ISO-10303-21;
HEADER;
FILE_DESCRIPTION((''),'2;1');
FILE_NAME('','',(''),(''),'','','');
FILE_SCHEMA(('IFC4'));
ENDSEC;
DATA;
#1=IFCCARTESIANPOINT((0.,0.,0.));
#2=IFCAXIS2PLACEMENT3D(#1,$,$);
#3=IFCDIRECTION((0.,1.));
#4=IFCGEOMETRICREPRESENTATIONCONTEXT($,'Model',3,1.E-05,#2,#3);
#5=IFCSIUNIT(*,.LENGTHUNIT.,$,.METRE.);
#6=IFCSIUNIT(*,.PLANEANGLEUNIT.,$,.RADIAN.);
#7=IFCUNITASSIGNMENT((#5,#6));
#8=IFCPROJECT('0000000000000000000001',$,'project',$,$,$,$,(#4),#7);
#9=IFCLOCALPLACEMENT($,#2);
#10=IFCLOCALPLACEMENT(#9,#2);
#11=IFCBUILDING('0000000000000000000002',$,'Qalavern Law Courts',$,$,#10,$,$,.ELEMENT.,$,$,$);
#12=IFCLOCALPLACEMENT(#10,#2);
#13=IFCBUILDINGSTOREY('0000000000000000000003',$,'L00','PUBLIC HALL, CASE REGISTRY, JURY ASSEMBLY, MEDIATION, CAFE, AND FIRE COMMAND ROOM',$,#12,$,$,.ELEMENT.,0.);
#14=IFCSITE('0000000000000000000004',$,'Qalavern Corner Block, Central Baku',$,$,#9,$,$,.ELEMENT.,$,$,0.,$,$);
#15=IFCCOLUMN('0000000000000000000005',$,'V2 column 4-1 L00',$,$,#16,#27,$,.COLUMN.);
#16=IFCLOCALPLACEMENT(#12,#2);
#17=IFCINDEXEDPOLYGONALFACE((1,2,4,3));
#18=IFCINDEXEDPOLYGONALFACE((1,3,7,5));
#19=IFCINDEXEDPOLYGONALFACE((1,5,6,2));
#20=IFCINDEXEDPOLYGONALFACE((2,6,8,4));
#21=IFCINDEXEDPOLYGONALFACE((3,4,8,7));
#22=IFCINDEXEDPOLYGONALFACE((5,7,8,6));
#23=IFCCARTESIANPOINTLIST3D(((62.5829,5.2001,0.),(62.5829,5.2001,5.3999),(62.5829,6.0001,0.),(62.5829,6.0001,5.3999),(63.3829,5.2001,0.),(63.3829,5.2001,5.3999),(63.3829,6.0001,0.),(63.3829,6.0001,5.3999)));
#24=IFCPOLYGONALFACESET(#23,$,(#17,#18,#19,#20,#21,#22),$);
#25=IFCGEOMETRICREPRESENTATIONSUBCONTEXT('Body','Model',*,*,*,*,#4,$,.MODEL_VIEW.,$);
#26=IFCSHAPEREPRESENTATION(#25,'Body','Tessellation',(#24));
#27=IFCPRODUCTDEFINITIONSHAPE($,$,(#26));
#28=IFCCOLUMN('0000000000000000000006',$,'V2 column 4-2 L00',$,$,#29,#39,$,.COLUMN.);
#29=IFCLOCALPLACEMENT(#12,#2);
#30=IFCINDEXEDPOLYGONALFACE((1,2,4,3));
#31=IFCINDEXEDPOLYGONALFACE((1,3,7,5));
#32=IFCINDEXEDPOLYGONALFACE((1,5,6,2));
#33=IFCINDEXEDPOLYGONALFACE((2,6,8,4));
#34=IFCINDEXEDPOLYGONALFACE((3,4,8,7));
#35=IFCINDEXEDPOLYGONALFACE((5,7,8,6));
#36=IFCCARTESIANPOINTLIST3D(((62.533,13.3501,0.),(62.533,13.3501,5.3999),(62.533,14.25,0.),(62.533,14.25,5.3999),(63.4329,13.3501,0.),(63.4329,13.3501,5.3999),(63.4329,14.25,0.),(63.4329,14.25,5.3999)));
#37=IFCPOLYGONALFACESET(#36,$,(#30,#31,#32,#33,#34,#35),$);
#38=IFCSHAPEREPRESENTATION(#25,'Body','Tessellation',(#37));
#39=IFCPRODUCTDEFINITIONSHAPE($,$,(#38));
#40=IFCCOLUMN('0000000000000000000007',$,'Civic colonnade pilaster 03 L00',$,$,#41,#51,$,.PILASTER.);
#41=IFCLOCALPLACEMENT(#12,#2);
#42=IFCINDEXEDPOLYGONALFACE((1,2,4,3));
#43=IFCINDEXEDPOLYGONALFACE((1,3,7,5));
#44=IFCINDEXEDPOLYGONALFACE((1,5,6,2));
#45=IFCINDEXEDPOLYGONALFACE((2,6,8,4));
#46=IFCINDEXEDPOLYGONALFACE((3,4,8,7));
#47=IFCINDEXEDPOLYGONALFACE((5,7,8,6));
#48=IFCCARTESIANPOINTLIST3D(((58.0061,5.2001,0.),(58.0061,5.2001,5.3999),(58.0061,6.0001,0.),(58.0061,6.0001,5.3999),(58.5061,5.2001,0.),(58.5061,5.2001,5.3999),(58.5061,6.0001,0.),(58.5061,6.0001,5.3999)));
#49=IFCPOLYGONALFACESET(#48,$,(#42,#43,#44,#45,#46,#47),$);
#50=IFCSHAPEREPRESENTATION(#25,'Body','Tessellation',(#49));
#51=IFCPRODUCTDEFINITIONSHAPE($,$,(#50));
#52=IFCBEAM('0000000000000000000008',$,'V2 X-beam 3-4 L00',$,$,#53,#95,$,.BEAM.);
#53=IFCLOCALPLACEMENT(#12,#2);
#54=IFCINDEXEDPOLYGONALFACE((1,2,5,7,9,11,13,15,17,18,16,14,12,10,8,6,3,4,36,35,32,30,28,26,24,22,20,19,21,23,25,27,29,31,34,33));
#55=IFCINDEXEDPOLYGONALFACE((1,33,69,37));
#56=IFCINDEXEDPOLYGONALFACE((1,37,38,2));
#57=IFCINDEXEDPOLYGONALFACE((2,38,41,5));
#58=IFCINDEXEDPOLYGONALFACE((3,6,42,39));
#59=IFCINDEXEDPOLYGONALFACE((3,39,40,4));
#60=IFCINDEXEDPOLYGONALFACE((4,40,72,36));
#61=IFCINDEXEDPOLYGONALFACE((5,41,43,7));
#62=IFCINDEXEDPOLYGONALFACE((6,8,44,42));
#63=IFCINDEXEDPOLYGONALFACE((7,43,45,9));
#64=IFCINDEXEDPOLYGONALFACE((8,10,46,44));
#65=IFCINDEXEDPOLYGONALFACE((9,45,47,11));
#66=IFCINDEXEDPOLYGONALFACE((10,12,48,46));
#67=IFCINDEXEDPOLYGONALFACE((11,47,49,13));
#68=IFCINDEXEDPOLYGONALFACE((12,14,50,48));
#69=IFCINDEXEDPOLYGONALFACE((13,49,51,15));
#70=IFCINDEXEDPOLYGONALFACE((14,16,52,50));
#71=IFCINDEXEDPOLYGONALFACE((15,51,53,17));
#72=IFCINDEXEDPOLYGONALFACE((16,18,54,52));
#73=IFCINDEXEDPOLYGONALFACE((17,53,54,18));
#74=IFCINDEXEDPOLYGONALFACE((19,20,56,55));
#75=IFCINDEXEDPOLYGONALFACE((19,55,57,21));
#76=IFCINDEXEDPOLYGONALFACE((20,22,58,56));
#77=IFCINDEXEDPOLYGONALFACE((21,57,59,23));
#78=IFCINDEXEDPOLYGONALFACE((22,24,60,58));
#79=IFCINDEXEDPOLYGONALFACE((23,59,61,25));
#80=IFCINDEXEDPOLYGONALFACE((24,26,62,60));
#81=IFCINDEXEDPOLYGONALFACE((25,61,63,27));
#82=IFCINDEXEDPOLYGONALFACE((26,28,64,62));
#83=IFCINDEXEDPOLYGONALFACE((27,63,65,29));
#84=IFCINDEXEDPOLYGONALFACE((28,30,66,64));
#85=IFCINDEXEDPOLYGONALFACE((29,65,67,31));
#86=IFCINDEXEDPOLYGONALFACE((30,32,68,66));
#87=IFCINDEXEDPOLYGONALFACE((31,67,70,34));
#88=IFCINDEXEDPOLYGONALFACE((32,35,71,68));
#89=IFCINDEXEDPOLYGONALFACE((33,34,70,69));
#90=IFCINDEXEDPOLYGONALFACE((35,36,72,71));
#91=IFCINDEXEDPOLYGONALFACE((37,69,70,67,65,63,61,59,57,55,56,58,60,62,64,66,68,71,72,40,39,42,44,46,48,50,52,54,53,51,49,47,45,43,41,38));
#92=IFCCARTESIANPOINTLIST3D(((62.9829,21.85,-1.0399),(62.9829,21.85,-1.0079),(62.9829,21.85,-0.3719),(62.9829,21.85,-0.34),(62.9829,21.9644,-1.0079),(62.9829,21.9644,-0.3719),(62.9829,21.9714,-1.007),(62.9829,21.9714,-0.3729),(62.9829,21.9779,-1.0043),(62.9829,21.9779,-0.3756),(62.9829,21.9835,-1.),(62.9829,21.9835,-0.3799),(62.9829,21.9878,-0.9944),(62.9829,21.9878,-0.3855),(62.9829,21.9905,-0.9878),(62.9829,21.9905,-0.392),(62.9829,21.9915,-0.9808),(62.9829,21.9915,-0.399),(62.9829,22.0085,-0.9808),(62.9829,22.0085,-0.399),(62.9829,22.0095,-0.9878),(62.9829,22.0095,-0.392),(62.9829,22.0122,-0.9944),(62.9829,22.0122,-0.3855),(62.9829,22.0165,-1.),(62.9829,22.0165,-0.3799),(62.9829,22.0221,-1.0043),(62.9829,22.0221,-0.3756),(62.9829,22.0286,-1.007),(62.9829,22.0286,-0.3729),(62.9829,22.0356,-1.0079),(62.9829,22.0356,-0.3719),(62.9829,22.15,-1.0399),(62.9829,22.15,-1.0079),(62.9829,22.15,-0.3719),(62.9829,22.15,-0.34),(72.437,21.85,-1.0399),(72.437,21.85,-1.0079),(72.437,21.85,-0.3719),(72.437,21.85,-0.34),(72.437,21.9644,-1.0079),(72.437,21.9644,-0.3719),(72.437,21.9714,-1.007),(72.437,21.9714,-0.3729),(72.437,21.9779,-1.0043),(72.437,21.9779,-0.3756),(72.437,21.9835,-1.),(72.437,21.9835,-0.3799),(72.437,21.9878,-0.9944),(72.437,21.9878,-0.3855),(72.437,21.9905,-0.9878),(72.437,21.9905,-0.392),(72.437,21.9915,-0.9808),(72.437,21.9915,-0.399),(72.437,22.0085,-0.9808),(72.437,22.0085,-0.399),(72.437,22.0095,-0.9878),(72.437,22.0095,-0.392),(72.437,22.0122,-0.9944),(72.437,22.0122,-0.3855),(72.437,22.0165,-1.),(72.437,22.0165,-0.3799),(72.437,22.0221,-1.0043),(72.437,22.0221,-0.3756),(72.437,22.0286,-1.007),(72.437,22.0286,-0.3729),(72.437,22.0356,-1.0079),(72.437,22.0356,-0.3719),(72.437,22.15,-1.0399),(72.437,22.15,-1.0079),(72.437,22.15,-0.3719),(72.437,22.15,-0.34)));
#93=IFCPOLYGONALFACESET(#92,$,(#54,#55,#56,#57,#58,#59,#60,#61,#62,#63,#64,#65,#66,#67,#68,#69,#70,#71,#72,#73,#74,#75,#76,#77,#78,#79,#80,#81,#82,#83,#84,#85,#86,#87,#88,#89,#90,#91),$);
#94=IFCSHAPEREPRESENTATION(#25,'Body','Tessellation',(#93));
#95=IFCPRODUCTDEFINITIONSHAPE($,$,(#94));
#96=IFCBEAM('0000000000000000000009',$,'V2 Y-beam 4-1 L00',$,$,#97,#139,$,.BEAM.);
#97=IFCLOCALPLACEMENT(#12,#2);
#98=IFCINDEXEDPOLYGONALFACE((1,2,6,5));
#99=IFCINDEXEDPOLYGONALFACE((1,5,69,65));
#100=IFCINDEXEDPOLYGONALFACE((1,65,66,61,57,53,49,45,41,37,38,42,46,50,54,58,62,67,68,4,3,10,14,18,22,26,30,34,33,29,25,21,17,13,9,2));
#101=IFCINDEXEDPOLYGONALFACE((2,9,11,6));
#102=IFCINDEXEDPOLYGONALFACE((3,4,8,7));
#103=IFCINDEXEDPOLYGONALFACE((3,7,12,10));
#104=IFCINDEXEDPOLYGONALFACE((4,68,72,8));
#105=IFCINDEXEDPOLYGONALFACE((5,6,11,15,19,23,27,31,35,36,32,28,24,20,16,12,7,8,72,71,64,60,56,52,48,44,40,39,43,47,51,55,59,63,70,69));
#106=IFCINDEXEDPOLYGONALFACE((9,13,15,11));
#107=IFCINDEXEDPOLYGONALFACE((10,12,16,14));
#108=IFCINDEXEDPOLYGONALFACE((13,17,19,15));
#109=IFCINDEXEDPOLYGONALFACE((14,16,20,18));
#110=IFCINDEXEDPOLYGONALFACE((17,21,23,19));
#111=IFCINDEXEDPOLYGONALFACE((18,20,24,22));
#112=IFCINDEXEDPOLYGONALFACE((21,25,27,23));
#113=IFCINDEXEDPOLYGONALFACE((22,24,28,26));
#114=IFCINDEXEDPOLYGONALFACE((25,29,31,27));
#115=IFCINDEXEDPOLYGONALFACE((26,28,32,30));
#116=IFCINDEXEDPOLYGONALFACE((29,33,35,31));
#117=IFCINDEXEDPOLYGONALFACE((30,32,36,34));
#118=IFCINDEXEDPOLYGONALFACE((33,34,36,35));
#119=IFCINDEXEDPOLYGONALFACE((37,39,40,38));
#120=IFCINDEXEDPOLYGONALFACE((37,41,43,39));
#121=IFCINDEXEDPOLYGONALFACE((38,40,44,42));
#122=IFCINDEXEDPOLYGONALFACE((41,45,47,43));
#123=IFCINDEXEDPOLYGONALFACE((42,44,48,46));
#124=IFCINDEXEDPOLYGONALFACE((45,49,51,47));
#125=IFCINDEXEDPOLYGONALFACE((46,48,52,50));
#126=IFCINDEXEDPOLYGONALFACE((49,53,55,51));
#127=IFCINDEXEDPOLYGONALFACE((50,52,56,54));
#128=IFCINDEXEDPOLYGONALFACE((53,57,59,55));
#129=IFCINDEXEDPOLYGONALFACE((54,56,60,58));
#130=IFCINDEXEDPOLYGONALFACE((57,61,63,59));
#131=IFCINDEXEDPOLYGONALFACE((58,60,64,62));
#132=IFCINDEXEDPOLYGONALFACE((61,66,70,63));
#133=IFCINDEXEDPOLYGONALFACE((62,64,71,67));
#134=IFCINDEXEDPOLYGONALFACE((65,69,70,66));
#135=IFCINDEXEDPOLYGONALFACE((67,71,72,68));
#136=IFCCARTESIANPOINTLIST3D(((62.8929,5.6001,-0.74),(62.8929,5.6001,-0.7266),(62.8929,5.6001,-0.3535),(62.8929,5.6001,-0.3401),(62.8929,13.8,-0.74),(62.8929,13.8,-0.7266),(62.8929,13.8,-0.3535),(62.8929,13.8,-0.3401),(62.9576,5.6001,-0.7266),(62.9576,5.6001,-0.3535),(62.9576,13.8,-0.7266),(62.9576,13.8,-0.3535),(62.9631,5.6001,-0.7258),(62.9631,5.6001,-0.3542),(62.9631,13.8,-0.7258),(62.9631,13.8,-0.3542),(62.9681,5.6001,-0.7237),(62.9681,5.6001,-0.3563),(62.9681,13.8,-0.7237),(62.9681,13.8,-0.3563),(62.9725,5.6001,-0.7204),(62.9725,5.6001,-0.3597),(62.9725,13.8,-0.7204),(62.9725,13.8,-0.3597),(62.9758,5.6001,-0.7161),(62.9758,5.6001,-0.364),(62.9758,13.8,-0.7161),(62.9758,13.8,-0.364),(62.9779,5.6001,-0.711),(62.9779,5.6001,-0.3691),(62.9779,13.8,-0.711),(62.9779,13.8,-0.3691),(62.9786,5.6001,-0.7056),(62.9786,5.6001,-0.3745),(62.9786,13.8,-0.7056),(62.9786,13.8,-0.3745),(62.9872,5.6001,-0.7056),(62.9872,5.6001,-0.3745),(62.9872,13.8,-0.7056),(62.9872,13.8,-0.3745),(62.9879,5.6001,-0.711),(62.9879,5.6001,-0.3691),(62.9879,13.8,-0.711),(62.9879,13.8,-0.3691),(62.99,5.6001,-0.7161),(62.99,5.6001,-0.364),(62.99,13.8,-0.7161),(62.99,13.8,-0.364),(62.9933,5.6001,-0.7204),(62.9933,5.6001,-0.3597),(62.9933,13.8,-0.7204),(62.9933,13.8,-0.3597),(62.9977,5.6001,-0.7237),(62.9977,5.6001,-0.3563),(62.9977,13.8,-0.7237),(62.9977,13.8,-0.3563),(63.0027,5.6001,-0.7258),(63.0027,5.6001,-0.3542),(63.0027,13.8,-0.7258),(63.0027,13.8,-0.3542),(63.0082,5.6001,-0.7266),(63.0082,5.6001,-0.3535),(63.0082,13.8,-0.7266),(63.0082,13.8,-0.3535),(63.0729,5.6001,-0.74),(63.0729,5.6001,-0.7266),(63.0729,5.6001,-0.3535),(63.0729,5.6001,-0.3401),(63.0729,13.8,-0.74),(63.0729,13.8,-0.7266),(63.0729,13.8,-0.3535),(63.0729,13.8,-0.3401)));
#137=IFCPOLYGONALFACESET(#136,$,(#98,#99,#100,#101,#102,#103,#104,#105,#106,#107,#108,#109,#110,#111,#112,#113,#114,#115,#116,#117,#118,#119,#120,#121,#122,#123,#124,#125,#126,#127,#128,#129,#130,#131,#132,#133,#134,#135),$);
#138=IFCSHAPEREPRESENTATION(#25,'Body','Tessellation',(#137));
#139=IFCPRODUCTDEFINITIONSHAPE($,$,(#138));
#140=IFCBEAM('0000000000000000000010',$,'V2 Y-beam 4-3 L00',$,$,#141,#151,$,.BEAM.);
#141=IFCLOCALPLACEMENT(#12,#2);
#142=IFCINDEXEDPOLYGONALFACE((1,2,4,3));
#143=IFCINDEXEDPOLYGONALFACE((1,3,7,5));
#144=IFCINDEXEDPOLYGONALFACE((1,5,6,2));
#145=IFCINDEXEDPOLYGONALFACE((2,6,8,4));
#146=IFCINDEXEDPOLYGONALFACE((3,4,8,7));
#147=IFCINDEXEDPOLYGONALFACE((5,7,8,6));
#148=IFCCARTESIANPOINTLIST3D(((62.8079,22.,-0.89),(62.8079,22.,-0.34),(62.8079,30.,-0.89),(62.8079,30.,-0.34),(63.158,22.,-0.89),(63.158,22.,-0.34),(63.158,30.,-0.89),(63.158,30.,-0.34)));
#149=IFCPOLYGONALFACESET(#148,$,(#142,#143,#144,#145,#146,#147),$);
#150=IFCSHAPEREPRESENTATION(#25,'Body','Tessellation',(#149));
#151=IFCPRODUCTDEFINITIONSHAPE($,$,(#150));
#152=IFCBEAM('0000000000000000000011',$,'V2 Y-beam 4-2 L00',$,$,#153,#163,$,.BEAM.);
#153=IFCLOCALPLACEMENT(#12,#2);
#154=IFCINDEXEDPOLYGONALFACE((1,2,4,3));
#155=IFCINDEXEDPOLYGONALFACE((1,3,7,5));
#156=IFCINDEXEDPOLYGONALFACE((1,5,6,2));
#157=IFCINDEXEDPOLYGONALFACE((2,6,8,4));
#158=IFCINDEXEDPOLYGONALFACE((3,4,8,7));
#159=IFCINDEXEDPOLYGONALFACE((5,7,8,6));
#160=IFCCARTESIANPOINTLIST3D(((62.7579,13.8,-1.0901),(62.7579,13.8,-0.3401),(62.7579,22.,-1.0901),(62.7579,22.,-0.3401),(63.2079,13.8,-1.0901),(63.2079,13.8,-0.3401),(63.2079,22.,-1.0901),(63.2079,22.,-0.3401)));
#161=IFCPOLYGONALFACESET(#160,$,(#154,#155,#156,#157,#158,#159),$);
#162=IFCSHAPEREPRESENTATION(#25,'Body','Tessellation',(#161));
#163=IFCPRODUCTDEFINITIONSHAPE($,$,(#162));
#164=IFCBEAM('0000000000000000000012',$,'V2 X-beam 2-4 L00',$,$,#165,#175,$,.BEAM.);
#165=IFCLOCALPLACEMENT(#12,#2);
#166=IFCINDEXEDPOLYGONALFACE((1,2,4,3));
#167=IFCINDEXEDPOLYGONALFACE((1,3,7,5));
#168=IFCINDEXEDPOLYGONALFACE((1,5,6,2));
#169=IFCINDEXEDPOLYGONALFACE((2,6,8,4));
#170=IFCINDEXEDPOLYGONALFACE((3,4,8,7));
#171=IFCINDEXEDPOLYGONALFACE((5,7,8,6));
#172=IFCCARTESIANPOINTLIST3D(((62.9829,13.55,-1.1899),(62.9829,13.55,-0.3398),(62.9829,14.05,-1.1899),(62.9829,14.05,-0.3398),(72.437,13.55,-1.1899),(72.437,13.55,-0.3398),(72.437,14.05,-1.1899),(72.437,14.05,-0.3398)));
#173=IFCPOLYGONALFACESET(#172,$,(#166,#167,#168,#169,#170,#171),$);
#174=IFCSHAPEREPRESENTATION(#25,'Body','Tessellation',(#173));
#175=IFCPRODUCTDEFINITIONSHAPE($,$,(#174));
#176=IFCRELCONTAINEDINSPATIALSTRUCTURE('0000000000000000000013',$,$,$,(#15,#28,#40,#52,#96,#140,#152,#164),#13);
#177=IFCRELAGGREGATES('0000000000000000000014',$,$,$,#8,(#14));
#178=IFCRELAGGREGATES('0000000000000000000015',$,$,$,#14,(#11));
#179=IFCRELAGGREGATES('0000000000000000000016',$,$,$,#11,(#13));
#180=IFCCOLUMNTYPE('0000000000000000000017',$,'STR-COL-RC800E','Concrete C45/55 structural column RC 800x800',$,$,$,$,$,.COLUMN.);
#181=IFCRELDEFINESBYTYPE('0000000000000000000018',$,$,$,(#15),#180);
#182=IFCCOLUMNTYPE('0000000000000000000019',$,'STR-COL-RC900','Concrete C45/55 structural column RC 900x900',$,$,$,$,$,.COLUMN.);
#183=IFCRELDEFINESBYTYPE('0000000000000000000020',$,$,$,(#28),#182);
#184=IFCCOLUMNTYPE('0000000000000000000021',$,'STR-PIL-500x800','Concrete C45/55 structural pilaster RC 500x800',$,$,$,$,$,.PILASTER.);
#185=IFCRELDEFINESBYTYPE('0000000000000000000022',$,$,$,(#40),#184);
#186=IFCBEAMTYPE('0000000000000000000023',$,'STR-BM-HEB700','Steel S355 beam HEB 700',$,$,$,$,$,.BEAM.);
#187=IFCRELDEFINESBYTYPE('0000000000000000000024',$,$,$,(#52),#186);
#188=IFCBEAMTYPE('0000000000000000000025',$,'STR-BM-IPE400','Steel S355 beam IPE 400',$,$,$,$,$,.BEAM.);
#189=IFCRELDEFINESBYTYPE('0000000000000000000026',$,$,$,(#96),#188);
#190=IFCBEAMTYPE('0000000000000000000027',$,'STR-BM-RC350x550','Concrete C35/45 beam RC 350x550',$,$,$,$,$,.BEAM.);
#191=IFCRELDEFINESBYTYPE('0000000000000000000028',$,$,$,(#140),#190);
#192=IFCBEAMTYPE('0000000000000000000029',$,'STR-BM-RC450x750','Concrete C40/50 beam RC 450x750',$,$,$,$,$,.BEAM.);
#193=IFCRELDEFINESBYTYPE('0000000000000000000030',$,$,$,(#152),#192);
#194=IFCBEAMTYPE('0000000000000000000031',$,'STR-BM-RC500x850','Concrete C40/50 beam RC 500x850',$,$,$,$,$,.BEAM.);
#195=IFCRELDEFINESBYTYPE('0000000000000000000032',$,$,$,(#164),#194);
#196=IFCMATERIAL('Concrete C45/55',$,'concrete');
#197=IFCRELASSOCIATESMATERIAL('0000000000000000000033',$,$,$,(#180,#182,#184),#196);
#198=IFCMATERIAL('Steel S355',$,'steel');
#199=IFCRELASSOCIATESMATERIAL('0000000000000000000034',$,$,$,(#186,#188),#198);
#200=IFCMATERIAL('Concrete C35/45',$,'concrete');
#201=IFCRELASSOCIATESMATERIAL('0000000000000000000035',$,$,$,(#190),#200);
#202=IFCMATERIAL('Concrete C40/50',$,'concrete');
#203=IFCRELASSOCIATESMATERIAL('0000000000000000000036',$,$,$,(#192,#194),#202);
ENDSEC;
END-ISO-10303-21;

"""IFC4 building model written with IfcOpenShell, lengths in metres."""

from ifc_helpers import new_model, si_unit, direction, frame, origin, origin_2d, place, context, subcontext, project, spatial, rectangle, i_section, extrude, material, material_profile, profile_set, type_object, element, save


model = new_model("IFC4")

# Units and contexts
model_context = context("Model", 3, precision=1e-05, world=origin(), true_north=direction((0.0, 1.0)))
body_context = subcontext(model_context, "Body", "Model", "MODEL_VIEW")
ifc_project = project(units=[si_unit("LENGTHUNIT", "METRE"), si_unit("PLANEANGLEUNIT", "RADIAN")], contexts=[model_context])

# Site, building, storey
site_placement = place(None, origin())
site = spatial("IfcSite", under=ifc_project, at=site_placement, Name="Qalavern Corner Block, Central Baku", CompositionType="ELEMENT", RefElevation=0.0)
building_placement = place(site_placement, origin())
building = spatial("IfcBuilding", under=site, at=building_placement, Name="Qalavern Law Courts", CompositionType="ELEMENT")
storey_placement = place(building_placement, origin())
storey = spatial("IfcBuildingStorey", under=building, at=storey_placement, Name="L00", Description="PUBLIC HALL, CASE REGISTRY, JURY ASSEMBLY, MEDIATION, CAFE, AND FIRE COMMAND ROOM", CompositionType="ELEMENT", Elevation=0.0)

# Columns
ifc_material_1 = material(Name="Concrete C45/55", Category="concrete")
ifc_material_profile_1 = material_profile(ifc_material_1, rectangle(XDim=0.8, YDim=0.8, at=origin_2d()), Name="RC 800x800")
ifc_profile_set_1 = profile_set([ifc_material_profile_1], Name="Concrete C45/55")
column_type_1 = type_object("IfcColumnType", Name="STR-COL-RC800E", Description="Concrete C45/55 structural column RC 800x800", PredefinedType="COLUMN", material=ifc_profile_set_1)
column_1_placement = place(storey_placement, frame((62.9829, 5.6001, 0.0), z_axis=(0.0, 0.0, 1.0), x_axis=(1.0, 0.0, 0.0)))
element("IfcColumn", 1, at=column_1_placement, inside=storey, type_object=column_type_1, Name="V2 column 4-1 L00", PredefinedType="COLUMN", context=body_context, shape_type="SweptSolid", body=[
    extrude(rectangle(XDim=0.8, YDim=0.8, at=origin_2d()), origin(), (0.0, 0.0, 1.0), 5.3999),
])
ifc_material_profile_2 = material_profile(ifc_material_1, rectangle(XDim=0.8999, YDim=0.8999, at=origin_2d()), Name="RC 900x900")
ifc_profile_set_2 = profile_set([ifc_material_profile_2], Name="Concrete C45/55")
column_type_2 = type_object("IfcColumnType", Name="STR-COL-RC900", Description="Concrete C45/55 structural column RC 900x900", PredefinedType="COLUMN", material=ifc_profile_set_2)
column_2_placement = place(storey_placement, frame((62.9829, 13.8, 0.0), z_axis=(0.0, 0.0, 1.0), x_axis=(1.0, 0.0, 0.0)))
element("IfcColumn", 2, at=column_2_placement, inside=storey, type_object=column_type_2, Name="V2 column 4-2 L00", PredefinedType="COLUMN", context=body_context, shape_type="SweptSolid", body=[
    extrude(rectangle(XDim=0.8999, YDim=0.8999, at=origin_2d()), origin(), (0.0, 0.0, 1.0), 5.3999),
])
ifc_material_profile_3 = material_profile(ifc_material_1, rectangle(XDim=0.5, YDim=0.8, at=origin_2d()), Name="RC 500x800")
ifc_profile_set_3 = profile_set([ifc_material_profile_3], Name="Concrete C45/55")
column_type_3 = type_object("IfcColumnType", Name="STR-PIL-500x800", Description="Concrete C45/55 structural pilaster RC 500x800", PredefinedType="PILASTER", material=ifc_profile_set_3)
column_3_placement = place(storey_placement, frame((58.2561, 5.6001, 0.0), z_axis=(0.0, 0.0, 1.0), x_axis=(1.0, 0.0, 0.0)))
element("IfcColumn", 3, at=column_3_placement, inside=storey, type_object=column_type_3, Name="Civic colonnade pilaster 03 L00", PredefinedType="PILASTER", context=body_context, shape_type="SweptSolid", body=[
    extrude(rectangle(XDim=0.5, YDim=0.8, at=origin_2d()), origin(), (0.0, 0.0, 1.0), 5.3999),
])

# Beams
ifc_material_2 = material(Name="Steel S355", Category="steel")
ifc_material_profile_4 = material_profile(ifc_material_2, i_section(OverallWidth=0.3, OverallDepth=0.7, WebThickness=0.0171, FlangeThickness=0.032, FilletRadius=0.0271, at=origin_2d()), Name="HEB 700")
ifc_profile_set_4 = profile_set([ifc_material_profile_4], Name="Steel S355")
beam_type_1 = type_object("IfcBeamType", Name="STR-BM-HEB700", Description="Steel S355 beam HEB 700", PredefinedType="BEAM", material=ifc_profile_set_4)
beam_1_placement = place(storey_placement, frame((62.9829, 22.0, -0.6899), z_axis=(1.0, 0.0, 0.0), x_axis=(0.0, 1.0, 0.0)))
element("IfcBeam", 4, at=beam_1_placement, inside=storey, type_object=beam_type_1, Name="V2 X-beam 3-4 L00", PredefinedType="BEAM", context=body_context, shape_type="SweptSolid", body=[
    extrude(i_section(OverallWidth=0.3, OverallDepth=0.7, WebThickness=0.0171, FlangeThickness=0.032, FilletRadius=0.0271, at=origin_2d()), origin(), (0.0, 0.0, 1.0), 9.4541),
])
ifc_material_profile_5 = material_profile(ifc_material_2, i_section(OverallWidth=0.1799, OverallDepth=0.3999, WebThickness=0.0085, FlangeThickness=0.0134, FilletRadius=0.021, at=origin_2d()), Name="IPE 400")
ifc_profile_set_5 = profile_set([ifc_material_profile_5], Name="Steel S355")
beam_type_2 = type_object("IfcBeamType", Name="STR-BM-IPE400", Description="Steel S355 beam IPE 400", PredefinedType="BEAM", material=ifc_profile_set_5)
beam_2_placement = place(storey_placement, frame((62.9829, 5.6001, -0.54), z_axis=(0.0, 1.0, 0.0), x_axis=(-1.0, 0.0, 0.0)))
element("IfcBeam", 5, at=beam_2_placement, inside=storey, type_object=beam_type_2, Name="V2 Y-beam 4-1 L00", PredefinedType="BEAM", context=body_context, shape_type="SweptSolid", body=[
    extrude(i_section(OverallWidth=0.1799, OverallDepth=0.3999, WebThickness=0.0085, FlangeThickness=0.0134, FilletRadius=0.021, at=origin_2d()), origin(), (0.0, 0.0, 1.0), 8.2),
])
ifc_material_3 = material(Name="Concrete C35/45", Category="concrete")
ifc_material_profile_6 = material_profile(ifc_material_3, rectangle(XDim=0.3501, YDim=0.55, at=origin_2d()), Name="RC 350x550")
ifc_profile_set_6 = profile_set([ifc_material_profile_6], Name="Concrete C35/45")
beam_type_3 = type_object("IfcBeamType", Name="STR-BM-RC350x550", Description="Concrete C35/45 beam RC 350x550", PredefinedType="BEAM", material=ifc_profile_set_6)
beam_3_placement = place(storey_placement, frame((62.9829, 22.0, -0.615), z_axis=(0.0, 1.0, 0.0), x_axis=(-1.0, 0.0, 0.0)))
element("IfcBeam", 6, at=beam_3_placement, inside=storey, type_object=beam_type_3, Name="V2 Y-beam 4-3 L00", PredefinedType="BEAM", context=body_context, shape_type="SweptSolid", body=[
    extrude(rectangle(XDim=0.3501, YDim=0.55, at=origin_2d()), origin(), (0.0, 0.0, 1.0), 8.0),
])
ifc_material_4 = material(Name="Concrete C40/50", Category="concrete")
ifc_material_profile_7 = material_profile(ifc_material_4, rectangle(XDim=0.45, YDim=0.75, at=origin_2d()), Name="RC 450x750")
ifc_profile_set_7 = profile_set([ifc_material_profile_7], Name="Concrete C40/50")
beam_type_4 = type_object("IfcBeamType", Name="STR-BM-RC450x750", Description="Concrete C40/50 beam RC 450x750", PredefinedType="BEAM", material=ifc_profile_set_7)
beam_4_placement = place(storey_placement, frame((62.9829, 13.8, -0.7151), z_axis=(0.0, 1.0, 0.0), x_axis=(-1.0, 0.0, 0.0)))
element("IfcBeam", 7, at=beam_4_placement, inside=storey, type_object=beam_type_4, Name="V2 Y-beam 4-2 L00", PredefinedType="BEAM", context=body_context, shape_type="SweptSolid", body=[
    extrude(rectangle(XDim=0.45, YDim=0.75, at=origin_2d()), origin(), (0.0, 0.0, 1.0), 8.2),
])
ifc_material_profile_8 = material_profile(ifc_material_4, rectangle(XDim=0.5, YDim=0.8501, at=origin_2d()), Name="RC 500x850")
ifc_profile_set_8 = profile_set([ifc_material_profile_8], Name="Concrete C40/50")
beam_type_5 = type_object("IfcBeamType", Name="STR-BM-RC500x850", Description="Concrete C40/50 beam RC 500x850", PredefinedType="BEAM", material=ifc_profile_set_8)
beam_5_placement = place(storey_placement, frame((62.9829, 13.8, -0.7649), z_axis=(1.0, 0.0, 0.0), x_axis=(0.0, 1.0, 0.0)))
element("IfcBeam", 8, at=beam_5_placement, inside=storey, type_object=beam_type_5, Name="V2 X-beam 2-4 L00", PredefinedType="BEAM", context=body_context, shape_type="SweptSolid", body=[
    extrude(rectangle(XDim=0.5, YDim=0.8501, at=origin_2d()), origin(), (0.0, 0.0, 1.0), 9.4541),
])

save(model, "model.ifc")
